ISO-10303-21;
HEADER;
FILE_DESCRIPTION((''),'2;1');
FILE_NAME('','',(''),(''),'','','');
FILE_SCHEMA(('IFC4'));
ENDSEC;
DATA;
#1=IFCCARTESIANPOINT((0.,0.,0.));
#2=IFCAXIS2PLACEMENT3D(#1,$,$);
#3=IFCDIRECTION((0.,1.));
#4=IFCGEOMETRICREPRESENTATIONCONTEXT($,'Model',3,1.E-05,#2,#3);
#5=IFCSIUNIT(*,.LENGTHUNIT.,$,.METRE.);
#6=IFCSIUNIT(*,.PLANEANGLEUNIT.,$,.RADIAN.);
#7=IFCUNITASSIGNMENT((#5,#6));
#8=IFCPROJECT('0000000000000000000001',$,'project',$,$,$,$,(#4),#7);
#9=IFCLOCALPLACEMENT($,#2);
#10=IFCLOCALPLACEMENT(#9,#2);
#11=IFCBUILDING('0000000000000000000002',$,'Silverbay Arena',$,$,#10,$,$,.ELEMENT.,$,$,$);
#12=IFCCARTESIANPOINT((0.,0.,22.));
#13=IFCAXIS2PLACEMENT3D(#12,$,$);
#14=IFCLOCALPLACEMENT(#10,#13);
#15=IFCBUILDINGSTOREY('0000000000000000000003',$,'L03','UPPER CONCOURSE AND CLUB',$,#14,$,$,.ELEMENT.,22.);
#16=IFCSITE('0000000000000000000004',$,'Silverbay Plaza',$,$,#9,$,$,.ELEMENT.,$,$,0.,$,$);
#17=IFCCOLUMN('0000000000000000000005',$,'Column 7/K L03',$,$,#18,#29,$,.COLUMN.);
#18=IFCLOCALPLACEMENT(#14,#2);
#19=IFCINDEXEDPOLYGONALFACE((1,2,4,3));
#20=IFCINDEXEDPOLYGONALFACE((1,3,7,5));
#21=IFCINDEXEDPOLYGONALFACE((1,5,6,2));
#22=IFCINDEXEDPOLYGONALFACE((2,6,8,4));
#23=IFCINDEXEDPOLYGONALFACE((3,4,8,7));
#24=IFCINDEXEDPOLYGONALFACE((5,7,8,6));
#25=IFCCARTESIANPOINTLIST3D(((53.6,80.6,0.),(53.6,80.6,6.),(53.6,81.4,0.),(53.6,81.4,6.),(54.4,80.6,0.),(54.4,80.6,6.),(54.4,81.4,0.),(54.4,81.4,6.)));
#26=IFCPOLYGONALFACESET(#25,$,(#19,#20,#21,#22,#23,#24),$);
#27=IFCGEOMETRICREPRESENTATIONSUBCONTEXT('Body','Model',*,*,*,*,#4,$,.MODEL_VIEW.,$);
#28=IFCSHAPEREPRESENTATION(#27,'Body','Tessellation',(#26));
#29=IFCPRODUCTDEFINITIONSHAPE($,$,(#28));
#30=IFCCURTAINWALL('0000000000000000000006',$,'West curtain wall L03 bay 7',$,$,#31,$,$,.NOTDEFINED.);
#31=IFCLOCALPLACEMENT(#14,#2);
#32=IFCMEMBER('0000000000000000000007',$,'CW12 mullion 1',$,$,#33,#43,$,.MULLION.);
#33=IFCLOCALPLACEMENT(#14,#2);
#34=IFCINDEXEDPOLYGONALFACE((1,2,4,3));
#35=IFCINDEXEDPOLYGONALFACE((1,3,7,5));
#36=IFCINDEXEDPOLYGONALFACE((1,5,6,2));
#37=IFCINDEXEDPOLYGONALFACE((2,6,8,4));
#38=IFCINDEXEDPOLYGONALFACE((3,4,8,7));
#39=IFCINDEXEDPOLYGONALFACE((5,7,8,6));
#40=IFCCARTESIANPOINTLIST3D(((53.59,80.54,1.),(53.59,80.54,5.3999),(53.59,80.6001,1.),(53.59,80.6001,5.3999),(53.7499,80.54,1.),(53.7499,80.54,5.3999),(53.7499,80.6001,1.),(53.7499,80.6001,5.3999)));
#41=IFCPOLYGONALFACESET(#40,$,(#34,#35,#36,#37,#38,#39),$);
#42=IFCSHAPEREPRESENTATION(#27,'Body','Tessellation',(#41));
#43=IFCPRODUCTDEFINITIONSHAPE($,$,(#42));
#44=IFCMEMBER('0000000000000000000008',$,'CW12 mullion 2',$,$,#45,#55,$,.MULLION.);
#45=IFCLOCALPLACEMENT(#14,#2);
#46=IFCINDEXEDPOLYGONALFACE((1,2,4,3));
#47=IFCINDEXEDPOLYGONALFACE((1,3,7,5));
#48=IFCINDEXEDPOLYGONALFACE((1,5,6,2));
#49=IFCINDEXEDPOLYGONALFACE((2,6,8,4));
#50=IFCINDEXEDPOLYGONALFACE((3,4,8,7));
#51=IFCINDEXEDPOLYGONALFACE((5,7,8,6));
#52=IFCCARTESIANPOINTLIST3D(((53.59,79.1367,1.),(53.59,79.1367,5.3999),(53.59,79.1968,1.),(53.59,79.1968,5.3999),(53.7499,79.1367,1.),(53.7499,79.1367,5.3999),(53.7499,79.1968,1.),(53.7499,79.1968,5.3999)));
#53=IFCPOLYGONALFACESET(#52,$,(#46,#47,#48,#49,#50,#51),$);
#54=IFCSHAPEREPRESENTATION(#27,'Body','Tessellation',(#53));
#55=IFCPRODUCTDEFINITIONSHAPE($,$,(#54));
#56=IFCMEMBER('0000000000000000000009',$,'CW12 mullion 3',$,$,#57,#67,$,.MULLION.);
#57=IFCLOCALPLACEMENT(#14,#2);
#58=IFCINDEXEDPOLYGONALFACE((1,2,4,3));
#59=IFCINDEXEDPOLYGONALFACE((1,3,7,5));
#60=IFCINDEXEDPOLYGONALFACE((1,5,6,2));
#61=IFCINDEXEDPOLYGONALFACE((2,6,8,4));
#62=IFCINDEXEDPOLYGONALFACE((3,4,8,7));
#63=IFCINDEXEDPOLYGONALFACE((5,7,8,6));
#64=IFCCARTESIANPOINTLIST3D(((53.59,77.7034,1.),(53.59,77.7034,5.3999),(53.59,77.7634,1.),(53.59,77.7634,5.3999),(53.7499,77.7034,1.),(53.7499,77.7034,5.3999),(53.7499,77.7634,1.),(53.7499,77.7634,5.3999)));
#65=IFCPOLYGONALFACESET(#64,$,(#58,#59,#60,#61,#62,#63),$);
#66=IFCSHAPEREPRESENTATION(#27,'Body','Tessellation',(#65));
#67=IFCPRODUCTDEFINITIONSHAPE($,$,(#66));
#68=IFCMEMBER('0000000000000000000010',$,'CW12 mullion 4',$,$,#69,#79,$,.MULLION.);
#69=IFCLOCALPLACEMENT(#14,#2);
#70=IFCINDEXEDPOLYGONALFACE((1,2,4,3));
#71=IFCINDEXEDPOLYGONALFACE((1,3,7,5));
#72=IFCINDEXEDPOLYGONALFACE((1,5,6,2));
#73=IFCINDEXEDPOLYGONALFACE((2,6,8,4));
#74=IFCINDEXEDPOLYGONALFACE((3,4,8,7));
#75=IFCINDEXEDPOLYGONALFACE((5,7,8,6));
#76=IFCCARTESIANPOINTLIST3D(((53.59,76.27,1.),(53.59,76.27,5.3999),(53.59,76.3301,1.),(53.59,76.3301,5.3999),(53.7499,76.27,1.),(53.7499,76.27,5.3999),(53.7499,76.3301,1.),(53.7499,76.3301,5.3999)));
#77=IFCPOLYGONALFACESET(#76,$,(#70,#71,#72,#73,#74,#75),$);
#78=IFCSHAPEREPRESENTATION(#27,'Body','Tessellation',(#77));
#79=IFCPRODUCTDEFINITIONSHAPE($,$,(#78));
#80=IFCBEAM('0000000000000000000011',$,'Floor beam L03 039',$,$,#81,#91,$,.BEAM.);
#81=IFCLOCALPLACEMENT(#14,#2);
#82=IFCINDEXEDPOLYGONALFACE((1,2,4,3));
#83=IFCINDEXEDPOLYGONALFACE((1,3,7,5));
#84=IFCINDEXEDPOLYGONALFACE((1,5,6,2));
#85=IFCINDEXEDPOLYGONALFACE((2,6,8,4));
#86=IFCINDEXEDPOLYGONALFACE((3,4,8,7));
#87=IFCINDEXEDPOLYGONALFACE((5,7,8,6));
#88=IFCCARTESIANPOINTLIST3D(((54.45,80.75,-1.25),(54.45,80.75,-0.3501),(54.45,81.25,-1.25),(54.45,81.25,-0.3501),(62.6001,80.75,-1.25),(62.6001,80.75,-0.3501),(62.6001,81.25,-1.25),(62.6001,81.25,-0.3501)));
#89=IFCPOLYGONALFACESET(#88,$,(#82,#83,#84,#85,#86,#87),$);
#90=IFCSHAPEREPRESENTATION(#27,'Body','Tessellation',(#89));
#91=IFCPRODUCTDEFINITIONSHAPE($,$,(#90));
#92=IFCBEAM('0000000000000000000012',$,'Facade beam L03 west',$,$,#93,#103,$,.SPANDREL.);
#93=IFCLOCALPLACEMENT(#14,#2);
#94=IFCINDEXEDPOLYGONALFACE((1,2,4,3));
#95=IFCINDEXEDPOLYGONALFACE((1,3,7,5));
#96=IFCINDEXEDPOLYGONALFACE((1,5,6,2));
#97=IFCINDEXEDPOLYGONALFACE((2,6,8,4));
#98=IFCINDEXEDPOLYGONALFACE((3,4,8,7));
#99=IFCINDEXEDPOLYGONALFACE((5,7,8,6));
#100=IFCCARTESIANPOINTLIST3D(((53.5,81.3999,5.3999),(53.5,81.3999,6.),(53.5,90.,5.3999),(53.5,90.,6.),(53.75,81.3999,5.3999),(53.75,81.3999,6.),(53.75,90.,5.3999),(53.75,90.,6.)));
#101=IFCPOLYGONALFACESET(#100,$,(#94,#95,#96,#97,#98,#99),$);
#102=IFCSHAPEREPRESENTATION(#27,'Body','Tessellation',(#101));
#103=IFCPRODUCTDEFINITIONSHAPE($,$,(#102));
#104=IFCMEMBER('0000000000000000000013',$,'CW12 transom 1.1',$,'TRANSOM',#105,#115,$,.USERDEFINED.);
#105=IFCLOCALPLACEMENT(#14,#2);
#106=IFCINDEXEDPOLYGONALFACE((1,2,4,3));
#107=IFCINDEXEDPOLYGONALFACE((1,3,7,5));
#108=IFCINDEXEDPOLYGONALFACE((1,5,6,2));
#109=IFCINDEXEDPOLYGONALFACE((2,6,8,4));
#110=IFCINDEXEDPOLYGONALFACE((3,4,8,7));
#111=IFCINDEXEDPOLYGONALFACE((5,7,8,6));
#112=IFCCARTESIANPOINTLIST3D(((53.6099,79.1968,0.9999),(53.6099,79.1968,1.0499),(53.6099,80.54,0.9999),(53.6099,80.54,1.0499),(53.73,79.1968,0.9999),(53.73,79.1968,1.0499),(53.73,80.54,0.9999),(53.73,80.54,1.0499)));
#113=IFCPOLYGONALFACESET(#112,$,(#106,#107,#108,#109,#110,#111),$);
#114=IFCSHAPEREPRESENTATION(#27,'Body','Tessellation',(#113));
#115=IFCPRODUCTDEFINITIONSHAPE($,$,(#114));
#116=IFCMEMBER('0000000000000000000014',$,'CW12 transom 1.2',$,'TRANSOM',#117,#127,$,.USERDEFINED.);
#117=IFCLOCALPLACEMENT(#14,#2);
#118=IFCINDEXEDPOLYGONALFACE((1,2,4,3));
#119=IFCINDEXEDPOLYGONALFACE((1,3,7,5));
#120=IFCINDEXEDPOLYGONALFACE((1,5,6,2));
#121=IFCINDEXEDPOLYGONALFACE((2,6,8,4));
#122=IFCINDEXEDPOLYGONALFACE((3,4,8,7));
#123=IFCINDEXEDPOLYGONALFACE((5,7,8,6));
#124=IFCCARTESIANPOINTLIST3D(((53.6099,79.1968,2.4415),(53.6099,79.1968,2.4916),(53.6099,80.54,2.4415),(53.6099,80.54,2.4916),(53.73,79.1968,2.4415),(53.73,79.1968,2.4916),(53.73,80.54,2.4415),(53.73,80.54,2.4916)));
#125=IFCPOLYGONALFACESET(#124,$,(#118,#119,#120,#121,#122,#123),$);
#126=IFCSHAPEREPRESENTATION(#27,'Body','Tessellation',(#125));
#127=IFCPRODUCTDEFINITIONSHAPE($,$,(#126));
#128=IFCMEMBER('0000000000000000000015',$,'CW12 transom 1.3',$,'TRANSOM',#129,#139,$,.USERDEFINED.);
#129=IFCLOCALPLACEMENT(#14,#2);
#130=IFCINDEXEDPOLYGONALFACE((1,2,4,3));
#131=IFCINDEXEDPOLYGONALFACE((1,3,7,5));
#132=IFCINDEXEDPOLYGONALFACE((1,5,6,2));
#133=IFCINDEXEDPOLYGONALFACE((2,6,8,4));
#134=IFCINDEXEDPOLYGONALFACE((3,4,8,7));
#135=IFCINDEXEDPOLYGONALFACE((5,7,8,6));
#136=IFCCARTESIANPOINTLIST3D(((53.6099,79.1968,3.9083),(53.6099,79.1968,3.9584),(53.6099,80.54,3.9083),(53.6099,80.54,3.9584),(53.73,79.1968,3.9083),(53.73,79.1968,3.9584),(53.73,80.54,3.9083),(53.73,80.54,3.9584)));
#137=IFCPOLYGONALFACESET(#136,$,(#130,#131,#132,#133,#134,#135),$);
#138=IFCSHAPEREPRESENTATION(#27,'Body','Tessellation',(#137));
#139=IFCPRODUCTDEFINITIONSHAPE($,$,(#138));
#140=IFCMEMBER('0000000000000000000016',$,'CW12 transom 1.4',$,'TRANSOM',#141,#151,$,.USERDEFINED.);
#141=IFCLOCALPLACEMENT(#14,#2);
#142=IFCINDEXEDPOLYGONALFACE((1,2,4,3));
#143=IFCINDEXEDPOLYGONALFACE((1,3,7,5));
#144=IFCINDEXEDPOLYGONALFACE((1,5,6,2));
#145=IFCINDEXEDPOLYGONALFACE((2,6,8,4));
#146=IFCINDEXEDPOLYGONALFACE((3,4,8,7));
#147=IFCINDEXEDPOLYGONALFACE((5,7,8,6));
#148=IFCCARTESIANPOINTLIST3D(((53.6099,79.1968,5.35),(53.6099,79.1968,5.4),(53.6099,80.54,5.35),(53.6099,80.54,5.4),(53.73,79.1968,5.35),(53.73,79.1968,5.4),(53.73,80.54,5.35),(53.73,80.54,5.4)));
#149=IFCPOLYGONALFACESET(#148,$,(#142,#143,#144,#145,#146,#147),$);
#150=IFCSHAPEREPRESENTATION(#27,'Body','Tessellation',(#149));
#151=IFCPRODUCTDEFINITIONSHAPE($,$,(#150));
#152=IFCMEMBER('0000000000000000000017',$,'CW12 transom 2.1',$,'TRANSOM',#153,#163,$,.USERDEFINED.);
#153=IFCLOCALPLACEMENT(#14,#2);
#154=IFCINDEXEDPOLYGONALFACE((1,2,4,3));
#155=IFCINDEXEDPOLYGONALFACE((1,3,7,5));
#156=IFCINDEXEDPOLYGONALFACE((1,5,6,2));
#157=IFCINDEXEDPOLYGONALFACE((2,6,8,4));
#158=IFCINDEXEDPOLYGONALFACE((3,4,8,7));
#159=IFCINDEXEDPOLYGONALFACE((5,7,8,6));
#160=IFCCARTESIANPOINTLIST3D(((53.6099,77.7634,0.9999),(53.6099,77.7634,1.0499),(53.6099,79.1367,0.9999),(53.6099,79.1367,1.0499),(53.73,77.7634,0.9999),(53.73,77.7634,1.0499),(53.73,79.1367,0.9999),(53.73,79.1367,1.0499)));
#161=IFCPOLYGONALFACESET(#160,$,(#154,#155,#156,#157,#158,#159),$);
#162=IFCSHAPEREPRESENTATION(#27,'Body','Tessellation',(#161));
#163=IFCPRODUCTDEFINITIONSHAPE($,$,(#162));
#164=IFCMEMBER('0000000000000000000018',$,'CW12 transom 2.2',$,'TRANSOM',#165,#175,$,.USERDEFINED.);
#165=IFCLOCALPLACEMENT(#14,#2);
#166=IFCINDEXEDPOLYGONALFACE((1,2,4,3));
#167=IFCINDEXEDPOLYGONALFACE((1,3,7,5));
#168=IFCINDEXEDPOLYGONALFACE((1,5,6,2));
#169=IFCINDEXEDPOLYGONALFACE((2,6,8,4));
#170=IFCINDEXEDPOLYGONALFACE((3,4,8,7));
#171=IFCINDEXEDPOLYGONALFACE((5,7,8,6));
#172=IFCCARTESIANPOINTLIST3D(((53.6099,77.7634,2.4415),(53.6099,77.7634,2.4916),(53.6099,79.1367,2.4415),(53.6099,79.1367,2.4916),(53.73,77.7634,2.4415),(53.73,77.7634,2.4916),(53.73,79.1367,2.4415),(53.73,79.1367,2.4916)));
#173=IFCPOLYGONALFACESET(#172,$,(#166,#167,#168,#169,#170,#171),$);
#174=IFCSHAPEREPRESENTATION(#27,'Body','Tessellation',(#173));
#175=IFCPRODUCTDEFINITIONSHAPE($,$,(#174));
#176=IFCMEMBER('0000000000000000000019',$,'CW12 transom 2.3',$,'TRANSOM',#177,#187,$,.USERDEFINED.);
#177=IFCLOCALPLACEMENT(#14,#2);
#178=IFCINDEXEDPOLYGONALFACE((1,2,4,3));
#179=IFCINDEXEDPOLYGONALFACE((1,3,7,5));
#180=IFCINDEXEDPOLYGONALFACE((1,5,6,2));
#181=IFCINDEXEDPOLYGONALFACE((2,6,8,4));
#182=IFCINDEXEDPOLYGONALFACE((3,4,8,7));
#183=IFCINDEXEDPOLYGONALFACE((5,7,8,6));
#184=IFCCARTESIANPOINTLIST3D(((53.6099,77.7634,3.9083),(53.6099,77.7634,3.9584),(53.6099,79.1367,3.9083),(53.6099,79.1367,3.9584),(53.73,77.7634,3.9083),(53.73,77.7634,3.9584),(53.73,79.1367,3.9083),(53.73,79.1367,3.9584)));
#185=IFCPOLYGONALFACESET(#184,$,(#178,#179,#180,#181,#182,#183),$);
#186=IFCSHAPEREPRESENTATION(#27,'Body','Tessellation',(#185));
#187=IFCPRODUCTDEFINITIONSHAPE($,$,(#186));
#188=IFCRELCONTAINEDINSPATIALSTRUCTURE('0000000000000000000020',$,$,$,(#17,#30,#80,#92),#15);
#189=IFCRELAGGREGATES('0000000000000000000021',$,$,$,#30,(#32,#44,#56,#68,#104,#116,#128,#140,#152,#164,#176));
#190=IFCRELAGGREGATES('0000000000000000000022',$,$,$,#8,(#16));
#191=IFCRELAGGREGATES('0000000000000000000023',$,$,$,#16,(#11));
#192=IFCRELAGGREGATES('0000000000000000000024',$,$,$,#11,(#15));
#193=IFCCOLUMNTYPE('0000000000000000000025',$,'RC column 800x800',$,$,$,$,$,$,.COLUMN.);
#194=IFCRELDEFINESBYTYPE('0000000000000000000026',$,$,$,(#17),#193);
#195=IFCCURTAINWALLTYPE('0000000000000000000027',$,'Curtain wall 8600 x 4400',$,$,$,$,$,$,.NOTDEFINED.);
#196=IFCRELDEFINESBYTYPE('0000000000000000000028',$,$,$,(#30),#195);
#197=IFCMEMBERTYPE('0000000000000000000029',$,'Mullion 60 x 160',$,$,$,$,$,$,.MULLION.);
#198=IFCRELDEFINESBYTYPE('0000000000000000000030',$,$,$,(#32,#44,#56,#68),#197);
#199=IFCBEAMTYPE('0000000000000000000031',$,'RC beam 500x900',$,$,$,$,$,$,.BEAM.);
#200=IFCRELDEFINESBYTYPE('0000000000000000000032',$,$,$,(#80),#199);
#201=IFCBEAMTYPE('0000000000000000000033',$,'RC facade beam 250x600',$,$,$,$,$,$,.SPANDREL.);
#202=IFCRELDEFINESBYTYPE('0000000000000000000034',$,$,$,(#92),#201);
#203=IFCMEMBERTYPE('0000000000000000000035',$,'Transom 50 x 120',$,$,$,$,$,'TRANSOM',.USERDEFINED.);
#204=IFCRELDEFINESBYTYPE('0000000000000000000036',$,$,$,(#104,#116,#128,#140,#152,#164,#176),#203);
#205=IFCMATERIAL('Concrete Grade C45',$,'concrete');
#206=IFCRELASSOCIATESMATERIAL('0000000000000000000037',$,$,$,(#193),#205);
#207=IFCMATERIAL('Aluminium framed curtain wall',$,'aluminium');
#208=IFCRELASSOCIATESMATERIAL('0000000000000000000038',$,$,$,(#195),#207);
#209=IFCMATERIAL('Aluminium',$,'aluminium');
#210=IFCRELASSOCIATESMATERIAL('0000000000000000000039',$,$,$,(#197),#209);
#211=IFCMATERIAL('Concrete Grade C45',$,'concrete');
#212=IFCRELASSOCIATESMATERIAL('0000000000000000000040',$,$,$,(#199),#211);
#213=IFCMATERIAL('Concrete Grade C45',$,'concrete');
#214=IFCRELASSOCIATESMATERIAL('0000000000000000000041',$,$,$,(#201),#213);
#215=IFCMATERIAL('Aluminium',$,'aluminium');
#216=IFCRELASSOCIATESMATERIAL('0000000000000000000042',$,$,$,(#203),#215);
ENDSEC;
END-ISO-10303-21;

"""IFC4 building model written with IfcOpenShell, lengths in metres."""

from ifc_helpers import new_model, si_unit, direction, frame, origin, origin_2d, place, context, subcontext, project, spatial, rectangle, extrude, material, material_profile, profile_set, type_object, element, aggregate, save


model = new_model("IFC4")

# Units and contexts
model_context = context("Model", 3, precision=1e-05, world=origin(), true_north=direction((0.0, 1.0)))
body_context = subcontext(model_context, "Body", "Model", "MODEL_VIEW")
ifc_project = project(units=[si_unit("LENGTHUNIT", "METRE"), si_unit("PLANEANGLEUNIT", "RADIAN")], contexts=[model_context])

# Site, building, storey
site_placement = place(None, origin())
site = spatial("IfcSite", under=ifc_project, at=site_placement, Name="Silverbay Plaza", CompositionType="ELEMENT", RefElevation=0.0)
building_placement = place(site_placement, origin())
building = spatial("IfcBuilding", under=site, at=building_placement, Name="Silverbay Arena", CompositionType="ELEMENT")
storey_placement = place(building_placement, frame((0.0, 0.0, 22.0)))
storey = spatial("IfcBuildingStorey", under=building, at=storey_placement, Name="L03", Description="UPPER CONCOURSE AND CLUB", CompositionType="ELEMENT", Elevation=22.0)

# Column
ifc_material_1 = material(Name="Concrete Grade C45", Category="concrete")
ifc_material_profile_1 = material_profile(ifc_material_1, rectangle(XDim=0.8, YDim=0.8, at=origin_2d()), Name="RC 800x800")
ifc_profile_set_1 = profile_set([ifc_material_profile_1], Name="Concrete Grade C45")
column_type = type_object("IfcColumnType", Name="RC column 800x800", PredefinedType="COLUMN", material=ifc_profile_set_1)
column_placement = place(storey_placement, frame((54.0, 81.0, 0.0), z_axis=(0.0, 0.0, 1.0), x_axis=(1.0, 0.0, 0.0)))
element("IfcColumn", 1, at=column_placement, inside=storey, type_object=column_type, Name="Column 7/K L03", PredefinedType="COLUMN", context=body_context, shape_type="SweptSolid", body=[
    extrude(rectangle(XDim=0.8, YDim=0.8, at=origin_2d()), origin(), (0.0, 0.0, 1.0), 6.0),
])

# Curtain wall, members
ifc_material_2 = material(Name="Aluminium framed curtain wall", Category="aluminium")
curtain_wall_type = type_object("IfcCurtainWallType", Name="Curtain wall 8600 x 4400", PredefinedType="NOTDEFINED", material=ifc_material_2)
curtain_wall_placement = place(storey_placement, origin())
curtain_wall = element("IfcCurtainWall", 2, at=curtain_wall_placement, inside=storey, type_object=curtain_wall_type, Name="West curtain wall L03 bay 7", PredefinedType="NOTDEFINED")
ifc_material_3 = material(Name="Aluminium", Category="aluminium")
ifc_material_profile_2 = material_profile(ifc_material_3, rectangle(XDim=0.1599, YDim=0.0601, at=origin_2d()), Name="Mullion 60 x 160")
ifc_profile_set_2 = profile_set([ifc_material_profile_2], Name="Aluminium")
member_type_1 = type_object("IfcMemberType", Name="Mullion 60 x 160", PredefinedType="MULLION", material=ifc_profile_set_2)
member_1_placement = place(storey_placement, frame((53.6699, 80.5701, 1.0), z_axis=(0.0, 0.0, 1.0), x_axis=(1.0, 0.0, 0.0)))
member_1 = element("IfcMember", 3, at=member_1_placement, type_object=member_type_1, Name="CW12 mullion 1", PredefinedType="MULLION", context=body_context, shape_type="SweptSolid", body=[
    extrude(rectangle(XDim=0.1599, YDim=0.0601, at=origin_2d()), origin(), (0.0, 0.0, 1.0), 4.3999),
])
member_2_placement = place(storey_placement, frame((53.6699, 79.1667, 1.0), z_axis=(0.0, 0.0, 1.0), x_axis=(1.0, 0.0, 0.0)))
member_2 = element("IfcMember", 4, at=member_2_placement, type_object=member_type_1, Name="CW12 mullion 2", PredefinedType="MULLION", context=body_context, shape_type="SweptSolid", body=[
    extrude(rectangle(XDim=0.1599, YDim=0.0601, at=origin_2d()), origin(), (0.0, 0.0, 1.0), 4.3999),
])
member_3_placement = place(storey_placement, frame((53.6699, 77.7334, 1.0), z_axis=(0.0, 0.0, 1.0), x_axis=(1.0, 0.0, 0.0)))
member_3 = element("IfcMember", 5, at=member_3_placement, type_object=member_type_1, Name="CW12 mullion 3", PredefinedType="MULLION", context=body_context, shape_type="SweptSolid", body=[
    extrude(rectangle(XDim=0.1599, YDim=0.0601, at=origin_2d()), origin(), (0.0, 0.0, 1.0), 4.3999),
])
member_4_placement = place(storey_placement, frame((53.6699, 76.3, 1.0), z_axis=(0.0, 0.0, 1.0), x_axis=(1.0, 0.0, 0.0)))
member_4 = element("IfcMember", 6, at=member_4_placement, type_object=member_type_1, Name="CW12 mullion 4", PredefinedType="MULLION", context=body_context, shape_type="SweptSolid", body=[
    extrude(rectangle(XDim=0.1599, YDim=0.0601, at=origin_2d()), origin(), (0.0, 0.0, 1.0), 4.3999),
])

# Beams
ifc_material_4 = material(Name="Concrete Grade C45", Category="concrete")
ifc_material_profile_3 = material_profile(ifc_material_4, rectangle(XDim=0.5, YDim=0.8999, at=origin_2d()), Name="RC 500x900")
ifc_profile_set_3 = profile_set([ifc_material_profile_3], Name="Concrete Grade C45")
beam_type_1 = type_object("IfcBeamType", Name="RC beam 500x900", PredefinedType="BEAM", material=ifc_profile_set_3)
beam_1_placement = place(storey_placement, frame((54.45, 81.0, -0.8), z_axis=(1.0, 0.0, 0.0), x_axis=(0.0, 1.0, 0.0)))
element("IfcBeam", 7, at=beam_1_placement, inside=storey, type_object=beam_type_1, Name="Floor beam L03 039", PredefinedType="BEAM", context=body_context, shape_type="SweptSolid", body=[
    extrude(rectangle(XDim=0.5, YDim=0.8999, at=origin_2d()), origin(), (0.0, 0.0, 1.0), 8.1501),
])
ifc_material_5 = material(Name="Concrete Grade C45", Category="concrete")
ifc_material_profile_4 = material_profile(ifc_material_5, rectangle(XDim=0.25, YDim=0.6001, at=origin_2d()), Name="RC 250x600")
ifc_profile_set_4 = profile_set([ifc_material_profile_4], Name="Concrete Grade C45")
beam_type_2 = type_object("IfcBeamType", Name="RC facade beam 250x600", PredefinedType="SPANDREL", material=ifc_profile_set_4)
beam_2_placement = place(storey_placement, frame((53.625, 81.3999, 5.7), z_axis=(0.0, 1.0, 0.0), x_axis=(-1.0, 0.0, 0.0)))
element("IfcBeam", 8, at=beam_2_placement, inside=storey, type_object=beam_type_2, Name="Facade beam L03 west", PredefinedType="SPANDREL", context=body_context, shape_type="SweptSolid", body=[
    extrude(rectangle(XDim=0.25, YDim=0.6001, at=origin_2d()), origin(), (0.0, 0.0, 1.0), 8.6001),
])

# Members
ifc_material_6 = material(Name="Aluminium", Category="aluminium")
ifc_material_profile_5 = material_profile(ifc_material_6, rectangle(XDim=0.1201, YDim=0.05, at=origin_2d()), Name="Transom 50 x 120")
ifc_profile_set_5 = profile_set([ifc_material_profile_5], Name="Aluminium")
member_type_2 = type_object("IfcMemberType", Name="Transom 50 x 120", ElementType="TRANSOM", PredefinedType="USERDEFINED", material=ifc_profile_set_5)
member_5_placement = place(storey_placement, frame((53.6699, 80.54, 1.0249), z_axis=(0.0, -1.0, 0.0), x_axis=(1.0, 0.0, 0.0)))
member_5 = element("IfcMember", 9, at=member_5_placement, type_object=member_type_2, Name="CW12 transom 1.1", ObjectType="TRANSOM", PredefinedType="USERDEFINED", context=body_context, shape_type="SweptSolid", body=[
    extrude(rectangle(XDim=0.1201, YDim=0.05, at=origin_2d()), origin(), (0.0, 0.0, 1.0), 1.3433),
])
member_6_placement = place(storey_placement, frame((53.6699, 80.54, 2.4666), z_axis=(0.0, -1.0, 0.0), x_axis=(1.0, 0.0, 0.0)))
member_6 = element("IfcMember", 10, at=member_6_placement, type_object=member_type_2, Name="CW12 transom 1.2", ObjectType="TRANSOM", PredefinedType="USERDEFINED", context=body_context, shape_type="SweptSolid", body=[
    extrude(rectangle(XDim=0.1201, YDim=0.05, at=origin_2d()), origin(), (0.0, 0.0, 1.0), 1.3433),
])
member_7_placement = place(storey_placement, frame((53.6699, 80.54, 3.9333), z_axis=(0.0, -1.0, 0.0), x_axis=(1.0, 0.0, 0.0)))
member_7 = element("IfcMember", 11, at=member_7_placement, type_object=member_type_2, Name="CW12 transom 1.3", ObjectType="TRANSOM", PredefinedType="USERDEFINED", context=body_context, shape_type="SweptSolid", body=[
    extrude(rectangle(XDim=0.1201, YDim=0.05, at=origin_2d()), origin(), (0.0, 0.0, 1.0), 1.3433),
])
member_8_placement = place(storey_placement, frame((53.6699, 80.54, 5.375), z_axis=(0.0, -1.0, 0.0), x_axis=(1.0, 0.0, 0.0)))
member_8 = element("IfcMember", 12, at=member_8_placement, type_object=member_type_2, Name="CW12 transom 1.4", ObjectType="TRANSOM", PredefinedType="USERDEFINED", context=body_context, shape_type="SweptSolid", body=[
    extrude(rectangle(XDim=0.1201, YDim=0.05, at=origin_2d()), origin(), (0.0, 0.0, 1.0), 1.3433),
])
member_9_placement = place(storey_placement, frame((53.6699, 79.1367, 1.0249), z_axis=(0.0, -1.0, 0.0), x_axis=(1.0, 0.0, 0.0)))
member_9 = element("IfcMember", 13, at=member_9_placement, type_object=member_type_2, Name="CW12 transom 2.1", ObjectType="TRANSOM", PredefinedType="USERDEFINED", context=body_context, shape_type="SweptSolid", body=[
    extrude(rectangle(XDim=0.1201, YDim=0.05, at=origin_2d()), origin(), (0.0, 0.0, 1.0), 1.3733),
])
member_10_placement = place(storey_placement, frame((53.6699, 79.1367, 2.4666), z_axis=(0.0, -1.0, 0.0), x_axis=(1.0, 0.0, 0.0)))
member_10 = element("IfcMember", 14, at=member_10_placement, type_object=member_type_2, Name="CW12 transom 2.2", ObjectType="TRANSOM", PredefinedType="USERDEFINED", context=body_context, shape_type="SweptSolid", body=[
    extrude(rectangle(XDim=0.1201, YDim=0.05, at=origin_2d()), origin(), (0.0, 0.0, 1.0), 1.3733),
])
member_11_placement = place(storey_placement, frame((53.6699, 79.1367, 3.9333), z_axis=(0.0, -1.0, 0.0), x_axis=(1.0, 0.0, 0.0)))
member_11 = element("IfcMember", 15, at=member_11_placement, type_object=member_type_2, Name="CW12 transom 2.3", ObjectType="TRANSOM", PredefinedType="USERDEFINED", context=body_context, shape_type="SweptSolid", body=[
    extrude(rectangle(XDim=0.1201, YDim=0.05, at=origin_2d()), origin(), (0.0, 0.0, 1.0), 1.3733),
])

aggregate(curtain_wall, [member_1, member_2, member_3, member_4, member_5, member_6, member_7, member_8, member_9, member_10, member_11])

save(model, "model.ifc")
